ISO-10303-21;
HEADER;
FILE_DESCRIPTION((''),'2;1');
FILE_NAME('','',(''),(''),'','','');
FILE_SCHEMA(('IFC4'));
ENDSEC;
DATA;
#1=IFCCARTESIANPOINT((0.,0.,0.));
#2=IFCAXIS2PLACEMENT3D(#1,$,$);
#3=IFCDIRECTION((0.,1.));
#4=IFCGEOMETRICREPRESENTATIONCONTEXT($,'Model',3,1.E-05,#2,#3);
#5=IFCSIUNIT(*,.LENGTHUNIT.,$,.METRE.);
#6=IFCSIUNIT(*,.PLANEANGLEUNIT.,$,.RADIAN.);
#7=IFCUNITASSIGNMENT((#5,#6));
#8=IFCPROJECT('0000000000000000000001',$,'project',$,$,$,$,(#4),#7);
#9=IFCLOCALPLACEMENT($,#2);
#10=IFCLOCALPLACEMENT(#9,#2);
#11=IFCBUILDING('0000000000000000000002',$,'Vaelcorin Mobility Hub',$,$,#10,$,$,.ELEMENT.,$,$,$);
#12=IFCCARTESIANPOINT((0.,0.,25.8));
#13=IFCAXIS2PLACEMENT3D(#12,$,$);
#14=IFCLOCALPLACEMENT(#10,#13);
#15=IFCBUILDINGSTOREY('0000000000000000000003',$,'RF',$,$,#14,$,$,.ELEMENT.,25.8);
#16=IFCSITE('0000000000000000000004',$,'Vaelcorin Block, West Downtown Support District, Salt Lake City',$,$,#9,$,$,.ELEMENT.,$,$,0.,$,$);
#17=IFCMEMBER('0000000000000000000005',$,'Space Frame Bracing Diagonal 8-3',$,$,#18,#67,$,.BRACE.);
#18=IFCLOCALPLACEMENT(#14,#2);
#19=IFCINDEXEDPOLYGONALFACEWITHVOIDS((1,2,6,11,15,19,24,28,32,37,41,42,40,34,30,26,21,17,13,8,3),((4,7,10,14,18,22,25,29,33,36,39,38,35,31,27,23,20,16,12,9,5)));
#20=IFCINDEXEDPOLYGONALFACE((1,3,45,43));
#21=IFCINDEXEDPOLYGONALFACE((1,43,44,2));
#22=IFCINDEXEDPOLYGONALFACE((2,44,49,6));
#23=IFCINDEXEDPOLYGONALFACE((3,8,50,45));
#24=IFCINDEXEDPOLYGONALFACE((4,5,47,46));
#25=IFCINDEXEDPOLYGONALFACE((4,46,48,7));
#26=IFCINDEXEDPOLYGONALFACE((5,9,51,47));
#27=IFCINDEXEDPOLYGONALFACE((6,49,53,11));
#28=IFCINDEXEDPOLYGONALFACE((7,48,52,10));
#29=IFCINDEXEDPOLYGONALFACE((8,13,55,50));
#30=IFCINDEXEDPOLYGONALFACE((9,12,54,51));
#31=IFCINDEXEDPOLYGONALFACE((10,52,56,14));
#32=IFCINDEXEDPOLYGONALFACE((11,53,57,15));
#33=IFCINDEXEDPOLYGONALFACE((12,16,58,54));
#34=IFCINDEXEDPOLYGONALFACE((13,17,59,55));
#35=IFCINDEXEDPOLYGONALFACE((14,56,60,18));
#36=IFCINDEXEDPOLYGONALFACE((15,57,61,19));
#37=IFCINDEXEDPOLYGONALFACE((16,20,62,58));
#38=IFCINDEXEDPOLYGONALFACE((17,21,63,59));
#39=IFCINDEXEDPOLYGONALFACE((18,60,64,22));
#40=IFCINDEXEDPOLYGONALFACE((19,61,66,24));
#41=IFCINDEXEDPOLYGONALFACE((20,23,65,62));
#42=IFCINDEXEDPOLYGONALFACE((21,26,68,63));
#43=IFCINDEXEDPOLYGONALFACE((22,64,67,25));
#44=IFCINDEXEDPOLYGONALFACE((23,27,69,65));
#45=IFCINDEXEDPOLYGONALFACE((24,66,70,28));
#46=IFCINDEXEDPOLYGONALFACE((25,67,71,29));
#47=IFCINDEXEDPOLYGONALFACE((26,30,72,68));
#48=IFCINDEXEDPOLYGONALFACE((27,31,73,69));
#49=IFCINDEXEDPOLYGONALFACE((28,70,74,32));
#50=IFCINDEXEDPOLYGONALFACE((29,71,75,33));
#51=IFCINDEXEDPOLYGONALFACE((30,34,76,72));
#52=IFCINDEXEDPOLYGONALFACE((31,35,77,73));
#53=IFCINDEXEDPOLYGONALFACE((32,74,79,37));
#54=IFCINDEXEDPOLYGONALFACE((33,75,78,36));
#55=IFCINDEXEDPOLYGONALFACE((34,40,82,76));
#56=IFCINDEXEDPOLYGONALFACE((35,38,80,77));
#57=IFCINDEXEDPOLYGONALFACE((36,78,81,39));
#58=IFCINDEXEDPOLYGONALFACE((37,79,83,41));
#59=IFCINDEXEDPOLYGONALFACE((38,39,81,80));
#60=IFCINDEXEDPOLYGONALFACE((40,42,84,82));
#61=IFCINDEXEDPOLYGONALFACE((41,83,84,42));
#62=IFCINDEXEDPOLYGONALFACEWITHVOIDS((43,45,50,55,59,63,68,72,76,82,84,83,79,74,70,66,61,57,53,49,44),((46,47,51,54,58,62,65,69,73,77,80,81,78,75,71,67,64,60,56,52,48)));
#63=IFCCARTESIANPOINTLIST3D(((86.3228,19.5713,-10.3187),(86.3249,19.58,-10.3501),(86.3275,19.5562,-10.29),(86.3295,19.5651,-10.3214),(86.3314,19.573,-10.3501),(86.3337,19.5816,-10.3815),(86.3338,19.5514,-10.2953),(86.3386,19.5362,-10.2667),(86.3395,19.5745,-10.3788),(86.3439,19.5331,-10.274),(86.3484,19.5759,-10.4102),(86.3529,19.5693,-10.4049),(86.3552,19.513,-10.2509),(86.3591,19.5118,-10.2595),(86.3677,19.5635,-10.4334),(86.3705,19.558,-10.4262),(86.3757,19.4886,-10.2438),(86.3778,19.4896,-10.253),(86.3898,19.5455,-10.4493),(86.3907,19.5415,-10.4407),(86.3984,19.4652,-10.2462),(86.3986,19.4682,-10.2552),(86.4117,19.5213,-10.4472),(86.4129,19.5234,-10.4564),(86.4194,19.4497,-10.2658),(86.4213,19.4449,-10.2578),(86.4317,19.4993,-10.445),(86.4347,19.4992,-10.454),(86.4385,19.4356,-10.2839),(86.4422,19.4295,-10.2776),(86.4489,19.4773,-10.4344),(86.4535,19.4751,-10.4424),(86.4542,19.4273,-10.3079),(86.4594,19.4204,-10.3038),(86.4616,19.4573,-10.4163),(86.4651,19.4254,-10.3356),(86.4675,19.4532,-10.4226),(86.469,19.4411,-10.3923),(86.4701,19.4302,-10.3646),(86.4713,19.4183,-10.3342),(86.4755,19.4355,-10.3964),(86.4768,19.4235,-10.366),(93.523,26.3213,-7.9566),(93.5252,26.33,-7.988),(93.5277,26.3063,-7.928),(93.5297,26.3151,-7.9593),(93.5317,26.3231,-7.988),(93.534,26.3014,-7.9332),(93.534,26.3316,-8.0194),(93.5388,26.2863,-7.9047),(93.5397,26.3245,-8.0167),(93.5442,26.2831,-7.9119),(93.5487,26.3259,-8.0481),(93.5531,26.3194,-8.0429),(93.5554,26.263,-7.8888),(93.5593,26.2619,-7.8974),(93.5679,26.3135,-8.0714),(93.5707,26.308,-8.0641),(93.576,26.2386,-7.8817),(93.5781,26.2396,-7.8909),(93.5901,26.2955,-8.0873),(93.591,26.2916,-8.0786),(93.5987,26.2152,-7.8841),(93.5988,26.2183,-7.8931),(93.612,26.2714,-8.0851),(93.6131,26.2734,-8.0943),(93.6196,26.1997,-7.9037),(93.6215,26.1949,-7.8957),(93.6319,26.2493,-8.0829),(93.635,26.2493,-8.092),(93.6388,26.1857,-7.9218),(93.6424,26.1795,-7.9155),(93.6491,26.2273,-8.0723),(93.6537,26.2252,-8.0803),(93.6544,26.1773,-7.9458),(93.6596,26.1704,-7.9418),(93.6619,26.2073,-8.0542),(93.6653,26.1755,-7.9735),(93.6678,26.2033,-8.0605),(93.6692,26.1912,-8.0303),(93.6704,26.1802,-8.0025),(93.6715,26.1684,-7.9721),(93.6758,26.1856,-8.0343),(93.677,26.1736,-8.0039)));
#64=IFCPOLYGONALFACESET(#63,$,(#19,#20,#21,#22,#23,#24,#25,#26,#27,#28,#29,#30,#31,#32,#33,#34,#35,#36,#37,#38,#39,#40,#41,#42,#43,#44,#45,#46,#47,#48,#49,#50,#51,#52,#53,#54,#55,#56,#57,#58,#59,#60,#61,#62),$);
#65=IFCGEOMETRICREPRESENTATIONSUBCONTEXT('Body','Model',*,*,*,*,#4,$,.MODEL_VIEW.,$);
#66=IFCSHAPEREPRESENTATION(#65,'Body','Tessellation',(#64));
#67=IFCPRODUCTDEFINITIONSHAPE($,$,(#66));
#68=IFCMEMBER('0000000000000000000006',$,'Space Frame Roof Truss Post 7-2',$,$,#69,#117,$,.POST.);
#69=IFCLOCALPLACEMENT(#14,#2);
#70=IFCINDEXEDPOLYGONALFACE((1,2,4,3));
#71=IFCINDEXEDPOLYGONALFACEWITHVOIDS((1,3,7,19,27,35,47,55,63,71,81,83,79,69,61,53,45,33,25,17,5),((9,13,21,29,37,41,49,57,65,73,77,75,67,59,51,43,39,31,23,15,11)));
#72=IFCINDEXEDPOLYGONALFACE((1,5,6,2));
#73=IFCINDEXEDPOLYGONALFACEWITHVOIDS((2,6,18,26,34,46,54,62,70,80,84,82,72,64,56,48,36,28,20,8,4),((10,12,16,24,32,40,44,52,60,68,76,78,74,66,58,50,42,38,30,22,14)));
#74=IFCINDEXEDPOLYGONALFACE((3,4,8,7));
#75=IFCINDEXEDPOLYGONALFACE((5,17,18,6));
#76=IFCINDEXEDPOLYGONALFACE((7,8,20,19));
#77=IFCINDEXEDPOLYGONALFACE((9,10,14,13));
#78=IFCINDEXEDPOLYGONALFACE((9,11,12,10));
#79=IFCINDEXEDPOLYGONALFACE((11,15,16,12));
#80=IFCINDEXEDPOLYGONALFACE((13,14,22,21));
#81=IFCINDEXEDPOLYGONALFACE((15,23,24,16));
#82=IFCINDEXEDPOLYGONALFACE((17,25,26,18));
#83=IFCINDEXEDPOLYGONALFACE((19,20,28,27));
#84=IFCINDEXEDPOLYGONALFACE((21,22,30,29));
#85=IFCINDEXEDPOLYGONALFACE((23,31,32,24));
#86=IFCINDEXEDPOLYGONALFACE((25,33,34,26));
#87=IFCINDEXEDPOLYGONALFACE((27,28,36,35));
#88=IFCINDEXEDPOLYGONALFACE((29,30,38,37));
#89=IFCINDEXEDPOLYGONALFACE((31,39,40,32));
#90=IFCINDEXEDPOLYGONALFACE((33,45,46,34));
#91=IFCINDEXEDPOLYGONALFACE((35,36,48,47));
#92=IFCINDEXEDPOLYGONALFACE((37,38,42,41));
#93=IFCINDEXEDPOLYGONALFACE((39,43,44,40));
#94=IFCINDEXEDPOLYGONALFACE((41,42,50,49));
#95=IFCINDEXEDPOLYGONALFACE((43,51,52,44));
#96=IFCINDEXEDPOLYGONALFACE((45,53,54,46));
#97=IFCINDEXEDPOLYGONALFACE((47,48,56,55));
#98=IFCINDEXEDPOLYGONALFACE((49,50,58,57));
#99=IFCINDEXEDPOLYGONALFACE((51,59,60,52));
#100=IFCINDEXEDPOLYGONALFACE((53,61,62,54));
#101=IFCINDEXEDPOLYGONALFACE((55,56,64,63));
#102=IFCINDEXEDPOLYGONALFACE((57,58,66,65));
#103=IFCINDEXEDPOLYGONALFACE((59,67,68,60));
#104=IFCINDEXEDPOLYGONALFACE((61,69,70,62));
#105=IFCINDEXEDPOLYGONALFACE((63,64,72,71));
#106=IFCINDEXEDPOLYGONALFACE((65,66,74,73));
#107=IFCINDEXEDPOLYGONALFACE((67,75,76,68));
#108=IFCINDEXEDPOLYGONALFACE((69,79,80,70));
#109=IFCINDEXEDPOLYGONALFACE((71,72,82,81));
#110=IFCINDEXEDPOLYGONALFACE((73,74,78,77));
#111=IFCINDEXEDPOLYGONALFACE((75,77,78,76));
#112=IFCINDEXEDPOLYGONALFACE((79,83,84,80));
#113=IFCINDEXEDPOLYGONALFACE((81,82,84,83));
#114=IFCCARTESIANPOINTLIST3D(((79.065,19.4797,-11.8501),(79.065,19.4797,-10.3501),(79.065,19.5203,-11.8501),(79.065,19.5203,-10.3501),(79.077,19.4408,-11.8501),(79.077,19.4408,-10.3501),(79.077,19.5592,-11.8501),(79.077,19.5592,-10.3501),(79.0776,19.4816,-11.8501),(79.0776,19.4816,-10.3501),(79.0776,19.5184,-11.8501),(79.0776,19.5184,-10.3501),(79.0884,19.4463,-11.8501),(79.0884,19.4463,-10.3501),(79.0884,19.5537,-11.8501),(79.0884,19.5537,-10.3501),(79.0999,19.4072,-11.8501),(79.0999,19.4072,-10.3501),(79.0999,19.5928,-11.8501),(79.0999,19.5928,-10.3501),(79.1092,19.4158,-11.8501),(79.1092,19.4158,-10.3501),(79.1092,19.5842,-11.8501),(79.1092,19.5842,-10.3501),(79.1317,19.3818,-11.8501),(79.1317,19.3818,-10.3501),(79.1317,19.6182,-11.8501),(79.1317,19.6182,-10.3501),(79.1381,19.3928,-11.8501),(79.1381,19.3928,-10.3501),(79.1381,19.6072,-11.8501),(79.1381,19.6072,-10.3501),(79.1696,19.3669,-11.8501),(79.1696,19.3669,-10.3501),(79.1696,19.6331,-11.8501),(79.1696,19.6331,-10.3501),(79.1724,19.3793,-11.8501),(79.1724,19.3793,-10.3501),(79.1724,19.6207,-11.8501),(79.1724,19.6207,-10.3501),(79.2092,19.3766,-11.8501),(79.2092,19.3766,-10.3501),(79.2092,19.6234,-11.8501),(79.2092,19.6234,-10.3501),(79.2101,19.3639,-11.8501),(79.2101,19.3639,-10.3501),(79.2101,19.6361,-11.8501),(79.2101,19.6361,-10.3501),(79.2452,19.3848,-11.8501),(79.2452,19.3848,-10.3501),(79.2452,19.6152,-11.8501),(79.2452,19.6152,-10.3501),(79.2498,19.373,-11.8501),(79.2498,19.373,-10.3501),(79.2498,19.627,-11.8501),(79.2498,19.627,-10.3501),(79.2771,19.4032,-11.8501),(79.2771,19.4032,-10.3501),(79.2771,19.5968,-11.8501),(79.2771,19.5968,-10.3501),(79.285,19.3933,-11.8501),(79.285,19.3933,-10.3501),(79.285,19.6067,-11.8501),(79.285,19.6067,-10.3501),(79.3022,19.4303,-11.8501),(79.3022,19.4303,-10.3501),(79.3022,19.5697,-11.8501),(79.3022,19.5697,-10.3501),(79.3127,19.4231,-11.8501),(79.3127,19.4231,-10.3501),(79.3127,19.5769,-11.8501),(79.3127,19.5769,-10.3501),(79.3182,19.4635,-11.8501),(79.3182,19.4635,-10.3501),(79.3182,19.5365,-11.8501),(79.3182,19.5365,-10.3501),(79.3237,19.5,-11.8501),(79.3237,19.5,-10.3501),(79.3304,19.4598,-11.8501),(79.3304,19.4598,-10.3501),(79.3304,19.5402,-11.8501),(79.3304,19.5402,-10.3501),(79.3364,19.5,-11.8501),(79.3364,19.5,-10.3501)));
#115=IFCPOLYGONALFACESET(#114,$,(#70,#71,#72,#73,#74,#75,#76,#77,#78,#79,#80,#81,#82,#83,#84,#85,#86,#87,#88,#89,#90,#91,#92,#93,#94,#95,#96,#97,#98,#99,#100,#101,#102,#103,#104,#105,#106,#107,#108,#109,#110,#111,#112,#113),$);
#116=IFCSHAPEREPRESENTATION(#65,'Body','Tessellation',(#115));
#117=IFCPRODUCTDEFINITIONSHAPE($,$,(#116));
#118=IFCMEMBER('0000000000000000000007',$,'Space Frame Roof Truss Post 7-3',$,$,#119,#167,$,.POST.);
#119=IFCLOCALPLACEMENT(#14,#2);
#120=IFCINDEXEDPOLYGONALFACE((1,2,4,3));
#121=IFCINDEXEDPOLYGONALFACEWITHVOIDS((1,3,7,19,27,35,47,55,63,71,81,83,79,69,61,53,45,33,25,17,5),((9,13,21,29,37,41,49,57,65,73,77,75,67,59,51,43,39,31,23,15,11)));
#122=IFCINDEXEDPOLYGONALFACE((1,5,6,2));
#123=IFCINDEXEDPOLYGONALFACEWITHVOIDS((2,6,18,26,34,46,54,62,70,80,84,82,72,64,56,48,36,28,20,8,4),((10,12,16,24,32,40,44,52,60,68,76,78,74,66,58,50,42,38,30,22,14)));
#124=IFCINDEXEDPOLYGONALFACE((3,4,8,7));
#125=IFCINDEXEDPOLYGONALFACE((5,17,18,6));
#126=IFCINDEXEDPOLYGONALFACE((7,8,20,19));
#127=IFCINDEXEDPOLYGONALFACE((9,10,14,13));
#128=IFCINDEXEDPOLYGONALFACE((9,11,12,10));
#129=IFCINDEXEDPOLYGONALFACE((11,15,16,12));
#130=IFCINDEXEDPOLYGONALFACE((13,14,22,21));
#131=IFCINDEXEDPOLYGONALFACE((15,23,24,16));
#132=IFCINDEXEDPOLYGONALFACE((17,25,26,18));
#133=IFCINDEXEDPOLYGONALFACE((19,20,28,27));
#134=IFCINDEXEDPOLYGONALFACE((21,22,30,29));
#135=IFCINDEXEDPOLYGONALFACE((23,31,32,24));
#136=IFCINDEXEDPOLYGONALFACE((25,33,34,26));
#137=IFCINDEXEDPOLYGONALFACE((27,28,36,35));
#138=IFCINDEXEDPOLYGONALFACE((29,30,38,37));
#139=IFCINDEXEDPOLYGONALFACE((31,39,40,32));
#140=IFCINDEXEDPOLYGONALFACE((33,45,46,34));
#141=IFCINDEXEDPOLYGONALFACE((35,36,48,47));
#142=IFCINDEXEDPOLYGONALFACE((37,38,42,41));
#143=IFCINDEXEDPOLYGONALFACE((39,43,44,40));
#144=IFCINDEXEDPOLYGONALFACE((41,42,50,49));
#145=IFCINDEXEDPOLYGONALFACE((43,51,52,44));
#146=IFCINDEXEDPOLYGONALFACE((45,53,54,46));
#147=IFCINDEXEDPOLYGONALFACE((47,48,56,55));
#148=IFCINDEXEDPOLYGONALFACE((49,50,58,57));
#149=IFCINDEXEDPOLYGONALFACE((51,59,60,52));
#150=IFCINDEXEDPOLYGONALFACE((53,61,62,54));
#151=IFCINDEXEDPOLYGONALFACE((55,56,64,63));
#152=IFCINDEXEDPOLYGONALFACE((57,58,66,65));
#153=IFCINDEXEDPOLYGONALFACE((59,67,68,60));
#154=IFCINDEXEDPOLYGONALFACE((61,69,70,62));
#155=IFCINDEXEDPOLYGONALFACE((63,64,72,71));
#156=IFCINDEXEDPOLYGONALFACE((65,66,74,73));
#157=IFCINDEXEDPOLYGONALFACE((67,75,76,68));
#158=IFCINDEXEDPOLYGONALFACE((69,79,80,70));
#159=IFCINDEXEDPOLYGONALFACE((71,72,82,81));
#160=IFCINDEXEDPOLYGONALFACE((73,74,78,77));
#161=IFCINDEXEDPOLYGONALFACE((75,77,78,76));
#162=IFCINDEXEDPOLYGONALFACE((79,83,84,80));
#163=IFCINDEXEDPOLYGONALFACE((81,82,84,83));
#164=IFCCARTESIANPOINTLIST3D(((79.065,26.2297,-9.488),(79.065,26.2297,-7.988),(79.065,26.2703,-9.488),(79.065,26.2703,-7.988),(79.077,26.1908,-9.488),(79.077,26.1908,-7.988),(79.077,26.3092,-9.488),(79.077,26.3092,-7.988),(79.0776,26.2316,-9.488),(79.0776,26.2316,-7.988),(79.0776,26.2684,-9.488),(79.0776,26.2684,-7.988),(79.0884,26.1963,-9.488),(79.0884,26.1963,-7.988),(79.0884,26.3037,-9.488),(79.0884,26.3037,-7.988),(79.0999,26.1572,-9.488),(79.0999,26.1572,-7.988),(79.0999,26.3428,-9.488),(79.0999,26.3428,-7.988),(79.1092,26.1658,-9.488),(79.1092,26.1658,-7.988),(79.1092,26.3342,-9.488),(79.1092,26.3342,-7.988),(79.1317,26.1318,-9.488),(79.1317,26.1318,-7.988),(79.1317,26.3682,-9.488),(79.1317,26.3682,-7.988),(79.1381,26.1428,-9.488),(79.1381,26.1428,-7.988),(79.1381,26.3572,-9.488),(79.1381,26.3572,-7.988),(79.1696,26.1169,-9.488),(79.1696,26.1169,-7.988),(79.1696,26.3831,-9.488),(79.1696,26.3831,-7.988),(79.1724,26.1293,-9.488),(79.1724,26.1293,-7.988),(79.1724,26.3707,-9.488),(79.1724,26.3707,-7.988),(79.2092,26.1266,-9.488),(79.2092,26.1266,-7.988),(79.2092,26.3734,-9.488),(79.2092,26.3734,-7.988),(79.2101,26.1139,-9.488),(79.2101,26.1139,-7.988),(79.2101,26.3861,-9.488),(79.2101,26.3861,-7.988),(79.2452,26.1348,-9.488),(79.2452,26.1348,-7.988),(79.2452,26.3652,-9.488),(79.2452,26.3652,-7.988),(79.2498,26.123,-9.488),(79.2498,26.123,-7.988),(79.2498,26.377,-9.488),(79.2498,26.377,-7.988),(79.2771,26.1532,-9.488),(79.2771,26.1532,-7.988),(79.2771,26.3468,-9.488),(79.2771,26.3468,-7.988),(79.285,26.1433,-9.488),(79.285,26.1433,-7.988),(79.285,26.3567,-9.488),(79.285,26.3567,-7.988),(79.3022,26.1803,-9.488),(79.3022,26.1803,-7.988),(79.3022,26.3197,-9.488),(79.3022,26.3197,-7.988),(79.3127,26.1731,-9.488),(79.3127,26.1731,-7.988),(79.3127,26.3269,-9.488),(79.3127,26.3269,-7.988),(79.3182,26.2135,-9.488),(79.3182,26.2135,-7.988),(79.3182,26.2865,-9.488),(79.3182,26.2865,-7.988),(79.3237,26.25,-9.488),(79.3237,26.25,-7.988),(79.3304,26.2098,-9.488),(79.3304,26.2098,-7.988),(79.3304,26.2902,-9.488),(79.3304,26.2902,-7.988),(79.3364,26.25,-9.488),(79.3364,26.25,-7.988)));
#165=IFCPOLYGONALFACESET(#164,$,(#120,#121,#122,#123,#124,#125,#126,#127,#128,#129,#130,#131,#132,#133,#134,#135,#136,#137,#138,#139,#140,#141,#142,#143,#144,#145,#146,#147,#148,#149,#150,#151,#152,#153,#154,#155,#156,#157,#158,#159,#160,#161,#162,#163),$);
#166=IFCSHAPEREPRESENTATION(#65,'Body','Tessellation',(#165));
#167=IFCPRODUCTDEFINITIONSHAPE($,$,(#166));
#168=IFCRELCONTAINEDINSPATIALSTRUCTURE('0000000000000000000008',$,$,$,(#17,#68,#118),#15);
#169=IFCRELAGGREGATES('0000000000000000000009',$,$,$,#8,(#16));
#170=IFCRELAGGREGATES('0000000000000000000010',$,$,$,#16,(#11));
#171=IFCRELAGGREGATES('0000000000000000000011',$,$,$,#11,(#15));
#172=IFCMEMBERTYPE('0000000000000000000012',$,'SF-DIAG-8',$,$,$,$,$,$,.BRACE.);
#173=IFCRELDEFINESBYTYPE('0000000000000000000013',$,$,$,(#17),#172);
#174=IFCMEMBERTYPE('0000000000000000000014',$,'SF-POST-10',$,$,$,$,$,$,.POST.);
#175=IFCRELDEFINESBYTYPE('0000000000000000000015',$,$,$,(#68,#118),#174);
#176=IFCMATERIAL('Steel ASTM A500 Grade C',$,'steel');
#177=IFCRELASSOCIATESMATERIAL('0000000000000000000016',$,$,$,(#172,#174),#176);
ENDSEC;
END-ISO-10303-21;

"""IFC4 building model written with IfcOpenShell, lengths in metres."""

from ifc_helpers import new_model, si_unit, direction, frame, origin, origin_2d, place, context, subcontext, project, spatial, hollow_circle, extrude, material, material_profile, profile_set, type_object, element, save


model = new_model("IFC4")

# Units and contexts
model_context = context("Model", 3, precision=1e-05, world=origin(), true_north=direction((0.0, 1.0)))
body_context = subcontext(model_context, "Body", "Model", "MODEL_VIEW")
ifc_project = project(units=[si_unit("LENGTHUNIT", "METRE"), si_unit("PLANEANGLEUNIT", "RADIAN")], contexts=[model_context])

# Site, building, storey
site_placement = place(None, origin())
site = spatial("IfcSite", under=ifc_project, at=site_placement, Name="Vaelcorin Block, West Downtown Support District, Salt Lake City", CompositionType="ELEMENT", RefElevation=0.0)
building_placement = place(site_placement, origin())
building = spatial("IfcBuilding", under=site, at=building_placement, Name="Vaelcorin Mobility Hub", CompositionType="ELEMENT")
storey_placement = place(building_placement, frame((0.0, 0.0, 25.8)))
storey = spatial("IfcBuildingStorey", under=building, at=storey_placement, Name="RF", CompositionType="ELEMENT", Elevation=25.8)

# Members
ifc_material_1 = material(Name="Steel ASTM A500 Grade C", Category="steel")
ifc_material_profile_1 = material_profile(ifc_material_1, hollow_circle(Radius=0.1096, WallThickness=0.0095, at=origin_2d()), Name="HSS8.625X0.375")
ifc_profile_set_1 = profile_set([ifc_material_profile_1], Name="Steel ASTM A500 Grade C")
member_type_1 = type_object("IfcMemberType", Name="SF-DIAG-8", PredefinedType="BRACE", material=ifc_profile_set_1)
member_1_placement = place(storey_placement, frame((86.3999, 19.5, -10.3501), z_axis=(0.709509, 0.665147, 0.232758), x_axis=(-0.683931, 0.729546, 0.0)))
element("IfcMember", 1, at=member_1_placement, inside=storey, type_object=member_type_1, Name="Space Frame Bracing Diagonal 8-3", PredefinedType="BRACE", context=body_context, shape_type="SweptSolid", body=[
    extrude(hollow_circle(Radius=0.1096, WallThickness=0.0095, at=origin_2d()), origin(), (0.0, 0.0, 1.0), 10.1482),
])
ifc_material_profile_2 = material_profile(ifc_material_1, hollow_circle(Radius=0.1365, WallThickness=0.0127, at=origin_2d()), Name="HSS10.750X0.500")
ifc_profile_set_2 = profile_set([ifc_material_profile_2], Name="Steel ASTM A500 Grade C")
member_type_2 = type_object("IfcMemberType", Name="SF-POST-10", PredefinedType="POST", material=ifc_profile_set_2)
for number, where, z_axis, x_axis, name in (
    (2, (79.2, 19.5, -11.8501), (0.0, 0.0, 1.0), (1.0, 0.0, 0.0), "Space Frame Roof Truss Post 7-2"),
    (3, (79.2, 26.25, -9.488), (0.0, 0.0, 1.0), (1.0, 0.0, 0.0), "Space Frame Roof Truss Post 7-3"),
):
    element("IfcMember", number, at=place(storey_placement, frame(where, z_axis=z_axis, x_axis=x_axis)), inside=storey, type_object=member_type_2, Name=name, PredefinedType="POST", context=body_context, shape_type="SweptSolid", body=[
        extrude(hollow_circle(Radius=0.1365, WallThickness=0.0127, at=origin_2d()), origin(), (0.0, 0.0, 1.0), 1.5),
    ])

save(model, "model.ifc")
